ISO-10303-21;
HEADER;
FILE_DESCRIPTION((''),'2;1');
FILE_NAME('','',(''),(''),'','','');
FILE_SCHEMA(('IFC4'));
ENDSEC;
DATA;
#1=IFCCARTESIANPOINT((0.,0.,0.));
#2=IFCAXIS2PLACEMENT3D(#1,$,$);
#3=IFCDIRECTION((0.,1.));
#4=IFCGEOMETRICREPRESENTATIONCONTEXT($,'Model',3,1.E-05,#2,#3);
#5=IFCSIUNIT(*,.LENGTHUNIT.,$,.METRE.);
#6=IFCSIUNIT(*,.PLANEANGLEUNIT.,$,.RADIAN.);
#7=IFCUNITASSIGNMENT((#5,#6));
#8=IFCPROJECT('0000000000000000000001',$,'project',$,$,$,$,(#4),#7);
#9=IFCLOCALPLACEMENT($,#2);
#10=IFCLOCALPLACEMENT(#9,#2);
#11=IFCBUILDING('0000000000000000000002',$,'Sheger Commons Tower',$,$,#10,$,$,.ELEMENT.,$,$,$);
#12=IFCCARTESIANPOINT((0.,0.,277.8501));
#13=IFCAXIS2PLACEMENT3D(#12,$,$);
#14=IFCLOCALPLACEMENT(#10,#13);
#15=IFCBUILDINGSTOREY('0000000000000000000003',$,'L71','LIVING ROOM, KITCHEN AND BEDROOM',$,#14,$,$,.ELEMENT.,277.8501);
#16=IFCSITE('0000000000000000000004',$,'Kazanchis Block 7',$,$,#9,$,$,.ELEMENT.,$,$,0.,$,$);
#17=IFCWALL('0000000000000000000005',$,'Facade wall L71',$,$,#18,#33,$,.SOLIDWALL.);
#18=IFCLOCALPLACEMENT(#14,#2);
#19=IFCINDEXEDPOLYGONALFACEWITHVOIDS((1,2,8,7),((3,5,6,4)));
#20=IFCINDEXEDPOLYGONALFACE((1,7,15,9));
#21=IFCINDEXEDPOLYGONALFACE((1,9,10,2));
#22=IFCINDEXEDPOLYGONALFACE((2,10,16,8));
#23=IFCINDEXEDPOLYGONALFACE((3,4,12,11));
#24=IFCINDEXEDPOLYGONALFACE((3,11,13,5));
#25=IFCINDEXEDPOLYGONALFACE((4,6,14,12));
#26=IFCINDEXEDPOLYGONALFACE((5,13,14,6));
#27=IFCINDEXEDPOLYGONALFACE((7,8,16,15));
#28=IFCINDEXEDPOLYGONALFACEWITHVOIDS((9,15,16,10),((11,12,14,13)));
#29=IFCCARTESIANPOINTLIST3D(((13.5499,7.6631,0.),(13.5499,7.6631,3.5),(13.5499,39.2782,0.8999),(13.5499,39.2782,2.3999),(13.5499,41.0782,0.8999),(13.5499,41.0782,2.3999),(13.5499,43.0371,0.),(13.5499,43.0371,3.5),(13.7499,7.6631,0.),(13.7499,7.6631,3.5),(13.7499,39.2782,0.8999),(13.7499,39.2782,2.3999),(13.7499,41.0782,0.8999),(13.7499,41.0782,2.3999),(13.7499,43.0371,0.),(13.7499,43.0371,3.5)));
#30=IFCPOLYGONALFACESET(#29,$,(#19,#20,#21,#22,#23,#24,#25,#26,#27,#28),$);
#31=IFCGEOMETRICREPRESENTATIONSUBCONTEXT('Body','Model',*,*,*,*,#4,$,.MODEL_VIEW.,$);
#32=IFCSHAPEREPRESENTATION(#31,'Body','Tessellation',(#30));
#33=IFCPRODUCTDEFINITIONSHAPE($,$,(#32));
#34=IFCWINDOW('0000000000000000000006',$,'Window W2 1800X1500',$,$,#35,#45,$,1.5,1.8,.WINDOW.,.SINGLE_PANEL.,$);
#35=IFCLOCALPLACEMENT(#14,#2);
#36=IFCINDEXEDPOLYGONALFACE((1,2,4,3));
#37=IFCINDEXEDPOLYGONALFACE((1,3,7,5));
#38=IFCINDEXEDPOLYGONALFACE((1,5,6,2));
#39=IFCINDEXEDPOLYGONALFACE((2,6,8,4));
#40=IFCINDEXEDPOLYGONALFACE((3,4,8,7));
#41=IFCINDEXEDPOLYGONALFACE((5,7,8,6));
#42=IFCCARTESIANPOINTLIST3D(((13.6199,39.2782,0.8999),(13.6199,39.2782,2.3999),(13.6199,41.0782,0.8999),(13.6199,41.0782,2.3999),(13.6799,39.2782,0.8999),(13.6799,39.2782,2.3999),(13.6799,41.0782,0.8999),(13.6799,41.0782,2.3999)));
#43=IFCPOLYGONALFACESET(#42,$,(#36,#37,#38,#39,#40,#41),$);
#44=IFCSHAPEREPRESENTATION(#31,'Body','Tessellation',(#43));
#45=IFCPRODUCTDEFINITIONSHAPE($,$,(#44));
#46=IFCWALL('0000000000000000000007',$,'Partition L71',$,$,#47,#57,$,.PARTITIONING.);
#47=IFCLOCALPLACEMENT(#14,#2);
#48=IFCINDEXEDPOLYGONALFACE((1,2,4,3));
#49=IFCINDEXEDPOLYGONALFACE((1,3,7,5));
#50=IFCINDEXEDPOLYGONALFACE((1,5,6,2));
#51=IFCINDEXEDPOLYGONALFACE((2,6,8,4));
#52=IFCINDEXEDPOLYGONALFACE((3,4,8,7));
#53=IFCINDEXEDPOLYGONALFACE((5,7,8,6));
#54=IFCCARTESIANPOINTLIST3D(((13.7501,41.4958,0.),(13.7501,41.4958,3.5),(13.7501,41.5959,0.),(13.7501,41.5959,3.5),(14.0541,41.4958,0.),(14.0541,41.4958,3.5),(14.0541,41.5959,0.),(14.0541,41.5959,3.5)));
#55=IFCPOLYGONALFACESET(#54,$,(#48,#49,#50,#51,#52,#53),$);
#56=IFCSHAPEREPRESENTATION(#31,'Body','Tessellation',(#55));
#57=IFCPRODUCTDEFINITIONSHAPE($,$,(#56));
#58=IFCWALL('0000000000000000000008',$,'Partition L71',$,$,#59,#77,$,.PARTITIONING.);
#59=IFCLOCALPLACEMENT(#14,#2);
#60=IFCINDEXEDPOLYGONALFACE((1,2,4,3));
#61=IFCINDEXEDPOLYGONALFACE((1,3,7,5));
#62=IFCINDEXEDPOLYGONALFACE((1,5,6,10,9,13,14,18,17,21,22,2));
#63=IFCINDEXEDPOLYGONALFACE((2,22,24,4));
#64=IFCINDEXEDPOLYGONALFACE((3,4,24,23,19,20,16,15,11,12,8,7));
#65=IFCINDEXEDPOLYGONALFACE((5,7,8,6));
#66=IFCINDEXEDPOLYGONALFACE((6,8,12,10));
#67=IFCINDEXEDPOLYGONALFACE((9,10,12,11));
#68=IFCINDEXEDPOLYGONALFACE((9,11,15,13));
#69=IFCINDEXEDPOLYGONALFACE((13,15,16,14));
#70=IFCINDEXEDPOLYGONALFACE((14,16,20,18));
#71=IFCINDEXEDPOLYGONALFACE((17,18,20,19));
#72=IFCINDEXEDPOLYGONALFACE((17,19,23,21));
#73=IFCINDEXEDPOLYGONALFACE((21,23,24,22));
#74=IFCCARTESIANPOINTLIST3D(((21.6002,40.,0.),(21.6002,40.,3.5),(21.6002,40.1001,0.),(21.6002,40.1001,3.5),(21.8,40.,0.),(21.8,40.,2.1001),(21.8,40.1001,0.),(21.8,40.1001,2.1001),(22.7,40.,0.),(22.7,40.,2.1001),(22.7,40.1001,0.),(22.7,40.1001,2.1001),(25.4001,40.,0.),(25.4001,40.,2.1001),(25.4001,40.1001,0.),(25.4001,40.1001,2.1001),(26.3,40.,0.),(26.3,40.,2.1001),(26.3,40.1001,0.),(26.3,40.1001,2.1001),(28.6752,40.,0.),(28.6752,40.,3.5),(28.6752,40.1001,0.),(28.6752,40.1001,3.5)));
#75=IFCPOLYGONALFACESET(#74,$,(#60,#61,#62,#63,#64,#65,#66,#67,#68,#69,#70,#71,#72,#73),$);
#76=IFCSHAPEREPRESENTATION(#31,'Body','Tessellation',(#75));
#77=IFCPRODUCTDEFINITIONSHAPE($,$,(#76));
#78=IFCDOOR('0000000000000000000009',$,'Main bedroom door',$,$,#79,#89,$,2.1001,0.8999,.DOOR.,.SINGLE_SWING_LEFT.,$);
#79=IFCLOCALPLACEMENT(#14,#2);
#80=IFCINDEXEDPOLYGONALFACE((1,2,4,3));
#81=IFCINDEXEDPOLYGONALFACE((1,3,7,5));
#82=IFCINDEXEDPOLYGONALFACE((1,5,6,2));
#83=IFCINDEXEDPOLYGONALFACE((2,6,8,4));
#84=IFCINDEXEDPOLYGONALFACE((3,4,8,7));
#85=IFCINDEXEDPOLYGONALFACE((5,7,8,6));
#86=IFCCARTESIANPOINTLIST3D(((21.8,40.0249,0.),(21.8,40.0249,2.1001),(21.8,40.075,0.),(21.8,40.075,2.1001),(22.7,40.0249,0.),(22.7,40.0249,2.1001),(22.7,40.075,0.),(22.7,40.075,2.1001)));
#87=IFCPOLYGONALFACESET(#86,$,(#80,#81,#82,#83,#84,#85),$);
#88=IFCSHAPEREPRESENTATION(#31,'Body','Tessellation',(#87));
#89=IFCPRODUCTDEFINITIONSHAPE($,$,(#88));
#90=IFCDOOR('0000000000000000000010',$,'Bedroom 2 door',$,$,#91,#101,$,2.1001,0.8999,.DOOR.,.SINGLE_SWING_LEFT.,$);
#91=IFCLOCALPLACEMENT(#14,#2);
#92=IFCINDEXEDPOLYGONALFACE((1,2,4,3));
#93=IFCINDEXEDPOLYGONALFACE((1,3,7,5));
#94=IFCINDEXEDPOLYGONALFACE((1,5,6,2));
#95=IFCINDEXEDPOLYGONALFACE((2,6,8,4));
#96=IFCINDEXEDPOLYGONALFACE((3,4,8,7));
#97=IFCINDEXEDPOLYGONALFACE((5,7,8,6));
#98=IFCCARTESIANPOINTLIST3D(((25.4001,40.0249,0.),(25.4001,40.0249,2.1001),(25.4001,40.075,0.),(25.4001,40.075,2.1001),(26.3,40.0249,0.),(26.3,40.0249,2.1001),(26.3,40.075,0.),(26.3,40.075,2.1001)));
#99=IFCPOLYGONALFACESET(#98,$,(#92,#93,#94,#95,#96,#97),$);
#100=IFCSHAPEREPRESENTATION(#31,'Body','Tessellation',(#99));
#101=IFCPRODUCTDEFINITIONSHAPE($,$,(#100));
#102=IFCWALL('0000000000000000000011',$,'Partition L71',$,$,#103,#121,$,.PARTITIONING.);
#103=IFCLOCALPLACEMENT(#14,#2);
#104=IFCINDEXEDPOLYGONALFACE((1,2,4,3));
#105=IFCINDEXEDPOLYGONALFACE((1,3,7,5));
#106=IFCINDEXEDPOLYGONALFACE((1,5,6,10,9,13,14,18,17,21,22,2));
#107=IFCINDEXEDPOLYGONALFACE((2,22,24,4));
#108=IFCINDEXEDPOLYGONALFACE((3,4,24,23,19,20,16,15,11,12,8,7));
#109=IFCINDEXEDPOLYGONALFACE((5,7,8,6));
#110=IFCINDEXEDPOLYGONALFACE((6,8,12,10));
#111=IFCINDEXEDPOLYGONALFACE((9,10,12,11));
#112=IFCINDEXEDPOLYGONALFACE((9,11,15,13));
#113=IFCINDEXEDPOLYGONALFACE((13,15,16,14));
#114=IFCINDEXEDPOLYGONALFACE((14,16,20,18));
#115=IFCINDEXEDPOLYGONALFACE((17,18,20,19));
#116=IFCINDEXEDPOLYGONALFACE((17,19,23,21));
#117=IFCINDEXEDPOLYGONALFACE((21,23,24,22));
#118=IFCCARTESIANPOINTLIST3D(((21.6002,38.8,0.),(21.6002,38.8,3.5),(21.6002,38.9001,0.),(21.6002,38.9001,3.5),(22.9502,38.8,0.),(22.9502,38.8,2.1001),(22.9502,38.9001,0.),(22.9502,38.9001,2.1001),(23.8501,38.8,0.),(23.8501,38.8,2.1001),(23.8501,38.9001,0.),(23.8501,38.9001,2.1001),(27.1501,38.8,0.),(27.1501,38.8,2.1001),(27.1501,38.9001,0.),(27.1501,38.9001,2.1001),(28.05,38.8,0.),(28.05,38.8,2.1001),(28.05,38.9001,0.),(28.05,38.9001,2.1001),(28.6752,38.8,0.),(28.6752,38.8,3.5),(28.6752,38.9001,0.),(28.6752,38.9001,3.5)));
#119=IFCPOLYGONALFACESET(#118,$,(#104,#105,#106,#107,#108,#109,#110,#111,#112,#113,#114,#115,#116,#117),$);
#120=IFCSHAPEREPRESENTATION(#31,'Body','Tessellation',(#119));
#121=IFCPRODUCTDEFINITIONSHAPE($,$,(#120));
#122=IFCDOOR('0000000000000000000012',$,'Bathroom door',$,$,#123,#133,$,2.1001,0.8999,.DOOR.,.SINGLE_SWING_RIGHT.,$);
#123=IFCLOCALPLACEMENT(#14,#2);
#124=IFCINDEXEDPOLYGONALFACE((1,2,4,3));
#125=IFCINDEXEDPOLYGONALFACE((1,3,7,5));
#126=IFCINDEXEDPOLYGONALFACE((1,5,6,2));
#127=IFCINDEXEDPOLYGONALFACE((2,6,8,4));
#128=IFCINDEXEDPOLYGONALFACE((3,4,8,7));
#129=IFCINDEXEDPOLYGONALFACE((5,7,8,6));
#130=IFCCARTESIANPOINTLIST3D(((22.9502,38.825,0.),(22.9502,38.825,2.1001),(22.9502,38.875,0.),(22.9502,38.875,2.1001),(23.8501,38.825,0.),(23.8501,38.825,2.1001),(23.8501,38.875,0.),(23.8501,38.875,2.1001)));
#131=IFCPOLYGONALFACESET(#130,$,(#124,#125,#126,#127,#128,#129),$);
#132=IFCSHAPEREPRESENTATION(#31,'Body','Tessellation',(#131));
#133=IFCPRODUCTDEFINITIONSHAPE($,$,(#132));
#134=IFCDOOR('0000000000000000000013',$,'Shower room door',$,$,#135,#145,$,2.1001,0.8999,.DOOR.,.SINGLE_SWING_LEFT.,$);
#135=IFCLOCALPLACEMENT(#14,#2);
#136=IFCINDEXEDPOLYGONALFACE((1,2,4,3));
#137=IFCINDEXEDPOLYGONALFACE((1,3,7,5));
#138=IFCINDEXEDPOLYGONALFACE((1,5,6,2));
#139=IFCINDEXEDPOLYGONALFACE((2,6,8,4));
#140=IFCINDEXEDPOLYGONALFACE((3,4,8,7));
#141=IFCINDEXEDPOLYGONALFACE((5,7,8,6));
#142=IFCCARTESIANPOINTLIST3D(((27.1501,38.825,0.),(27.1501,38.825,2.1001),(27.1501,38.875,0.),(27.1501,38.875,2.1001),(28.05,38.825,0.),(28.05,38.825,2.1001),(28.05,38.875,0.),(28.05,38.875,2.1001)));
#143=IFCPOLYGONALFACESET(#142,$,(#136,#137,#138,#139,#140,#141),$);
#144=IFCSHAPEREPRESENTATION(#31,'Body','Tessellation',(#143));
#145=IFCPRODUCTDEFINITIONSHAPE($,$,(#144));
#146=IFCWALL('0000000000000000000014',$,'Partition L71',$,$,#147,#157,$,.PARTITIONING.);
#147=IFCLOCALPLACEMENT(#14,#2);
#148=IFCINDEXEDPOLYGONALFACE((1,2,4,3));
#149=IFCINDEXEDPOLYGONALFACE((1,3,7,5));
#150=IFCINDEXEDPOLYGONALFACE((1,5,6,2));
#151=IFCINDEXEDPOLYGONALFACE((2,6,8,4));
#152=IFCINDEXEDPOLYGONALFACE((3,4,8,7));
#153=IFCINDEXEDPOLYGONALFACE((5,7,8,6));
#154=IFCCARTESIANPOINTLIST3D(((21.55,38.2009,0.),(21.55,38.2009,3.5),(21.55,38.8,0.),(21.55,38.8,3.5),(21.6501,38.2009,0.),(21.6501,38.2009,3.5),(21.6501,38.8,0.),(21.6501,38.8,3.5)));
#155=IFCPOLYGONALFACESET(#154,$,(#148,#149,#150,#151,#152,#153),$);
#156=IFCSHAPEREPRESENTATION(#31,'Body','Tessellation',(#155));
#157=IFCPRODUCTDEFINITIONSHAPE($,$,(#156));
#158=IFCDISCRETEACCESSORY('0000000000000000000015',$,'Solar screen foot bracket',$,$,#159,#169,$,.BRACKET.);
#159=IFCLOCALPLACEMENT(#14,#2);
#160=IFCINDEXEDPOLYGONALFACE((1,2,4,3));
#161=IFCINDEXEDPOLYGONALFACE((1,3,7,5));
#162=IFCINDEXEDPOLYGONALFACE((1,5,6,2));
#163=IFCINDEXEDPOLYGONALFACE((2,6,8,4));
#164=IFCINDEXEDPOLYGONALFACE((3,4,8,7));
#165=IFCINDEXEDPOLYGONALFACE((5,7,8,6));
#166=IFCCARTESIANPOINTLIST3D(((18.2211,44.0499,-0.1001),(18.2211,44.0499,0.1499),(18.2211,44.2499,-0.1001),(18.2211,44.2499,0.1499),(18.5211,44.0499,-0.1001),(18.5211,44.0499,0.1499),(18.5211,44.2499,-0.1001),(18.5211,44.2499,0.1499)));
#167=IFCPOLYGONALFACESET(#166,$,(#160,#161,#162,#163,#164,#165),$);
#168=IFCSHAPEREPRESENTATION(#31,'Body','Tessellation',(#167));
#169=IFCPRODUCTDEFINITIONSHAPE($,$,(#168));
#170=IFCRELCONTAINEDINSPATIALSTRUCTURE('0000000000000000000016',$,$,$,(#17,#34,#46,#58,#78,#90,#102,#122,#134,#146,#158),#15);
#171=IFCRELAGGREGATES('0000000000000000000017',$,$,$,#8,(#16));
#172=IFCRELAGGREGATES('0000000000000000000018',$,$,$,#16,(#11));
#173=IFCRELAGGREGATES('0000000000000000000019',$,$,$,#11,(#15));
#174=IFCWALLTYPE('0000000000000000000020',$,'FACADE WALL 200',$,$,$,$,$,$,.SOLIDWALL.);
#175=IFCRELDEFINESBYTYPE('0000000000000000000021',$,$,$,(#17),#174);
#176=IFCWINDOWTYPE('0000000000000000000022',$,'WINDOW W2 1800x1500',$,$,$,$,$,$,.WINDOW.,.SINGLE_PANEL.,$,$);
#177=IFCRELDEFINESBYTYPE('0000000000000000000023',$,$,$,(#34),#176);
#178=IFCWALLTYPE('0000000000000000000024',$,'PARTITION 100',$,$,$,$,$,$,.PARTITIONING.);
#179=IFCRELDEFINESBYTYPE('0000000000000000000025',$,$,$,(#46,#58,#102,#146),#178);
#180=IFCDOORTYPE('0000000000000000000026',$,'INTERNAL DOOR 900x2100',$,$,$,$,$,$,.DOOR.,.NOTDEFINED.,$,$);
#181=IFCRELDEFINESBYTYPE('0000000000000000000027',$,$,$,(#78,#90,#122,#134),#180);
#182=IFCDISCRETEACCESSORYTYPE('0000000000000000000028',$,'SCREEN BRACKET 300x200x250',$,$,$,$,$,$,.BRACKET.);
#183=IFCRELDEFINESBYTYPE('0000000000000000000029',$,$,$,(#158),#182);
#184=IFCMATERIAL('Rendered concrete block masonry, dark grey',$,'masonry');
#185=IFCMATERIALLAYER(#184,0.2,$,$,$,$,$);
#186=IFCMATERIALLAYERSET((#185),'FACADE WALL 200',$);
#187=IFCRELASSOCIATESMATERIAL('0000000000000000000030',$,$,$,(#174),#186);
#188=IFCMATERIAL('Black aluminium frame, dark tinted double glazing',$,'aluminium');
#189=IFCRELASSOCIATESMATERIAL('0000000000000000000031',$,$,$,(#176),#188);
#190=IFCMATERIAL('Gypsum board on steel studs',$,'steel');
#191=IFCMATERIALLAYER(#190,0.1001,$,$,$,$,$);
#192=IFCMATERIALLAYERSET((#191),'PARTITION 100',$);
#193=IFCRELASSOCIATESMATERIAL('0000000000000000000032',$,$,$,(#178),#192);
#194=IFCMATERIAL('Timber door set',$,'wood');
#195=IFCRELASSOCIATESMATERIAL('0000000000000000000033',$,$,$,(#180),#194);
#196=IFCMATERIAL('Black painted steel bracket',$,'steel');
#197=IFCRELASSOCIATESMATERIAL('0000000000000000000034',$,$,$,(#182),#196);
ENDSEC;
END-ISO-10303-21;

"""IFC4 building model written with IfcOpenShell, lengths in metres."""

from ifc_helpers import new_model, si_unit, direction, frame, frame_2d, origin, origin_2d, place, context, subcontext, project, spatial, rectangle, extrude, material, layer, layer_set, type_object, element, fill, save


model = new_model("IFC4")

# Units and contexts
model_context = context("Model", 3, precision=1e-05, world=origin(), true_north=direction((0.0, 1.0)))
body_context = subcontext(model_context, "Body", "Model", "MODEL_VIEW")
ifc_project = project(units=[si_unit("LENGTHUNIT", "METRE"), si_unit("PLANEANGLEUNIT", "RADIAN")], contexts=[model_context])

# Site, building, storey
site_placement = place(None, origin())
site = spatial("IfcSite", under=ifc_project, at=site_placement, Name="Kazanchis Block 7", CompositionType="ELEMENT", RefElevation=0.0)
building_placement = place(site_placement, origin())
building = spatial("IfcBuilding", under=site, at=building_placement, Name="Sheger Commons Tower", CompositionType="ELEMENT")
storey_placement = place(building_placement, frame((0.0, 0.0, 277.8501)))
storey = spatial("IfcBuildingStorey", under=building, at=storey_placement, Name="L71", Description="LIVING ROOM, KITCHEN AND BEDROOM", CompositionType="ELEMENT", Elevation=277.8501)

# Shared definitions
ifc_material_1 = material(Name="Rendered concrete block masonry, dark grey", Category="masonry")
ifc_layer_1 = layer(ifc_material_1, 0.2)
ifc_layer_set_1 = layer_set([ifc_layer_1], Name="FACADE WALL 200")
wall_type_1 = type_object("IfcWallType", Name="FACADE WALL 200", PredefinedType="SOLIDWALL", material=ifc_layer_set_1)

# Wall, opening, window
wall_1_placement = place(storey_placement, frame((13.6499, 43.0371, 0.0), z_axis=(0.0, 0.0, 1.0), x_axis=(0.0, -1.0, 0.0)))
wall_1 = element("IfcWall", 1, at=wall_1_placement, inside=storey, type_object=wall_type_1, Name="Facade wall L71", PredefinedType="SOLIDWALL", context=body_context, shape_type="SweptSolid", body=[
    extrude(rectangle(XDim=35.374, YDim=0.2, at=frame_2d((17.687, 0.0))), origin(), (0.0, 0.0, 1.0), 3.5),
])
opening_1_placement = place(wall_1_placement, frame((1.959, 0.0, 0.8999)))
opening_1 = element("IfcOpeningElement", 2, at=opening_1_placement, cuts=wall_1, PredefinedType="OPENING", context=body_context, shape_type="SweptSolid", body=[
    extrude(rectangle(XDim=1.8, YDim=1.5, at=frame_2d((0.8999, 0.75))), frame((0.0, 0.1099, 0.0), z_axis=(0.0, -1.0, 0.0), x_axis=(1.0, 0.0, 0.0)), (0.0, 0.0, 1.0), 0.22),
])
ifc_material_2 = material(Name="Black aluminium frame, dark tinted double glazing", Category="aluminium")
window_type = type_object("IfcWindowType", Name="WINDOW W2 1800x1500", PartitioningType="SINGLE_PANEL", PredefinedType="WINDOW", material=ifc_material_2)
window_placement = place(opening_1_placement, origin())
window = element("IfcWindow", 3, at=window_placement, inside=storey, type_object=window_type, Name="Window W2 1800X1500", OverallHeight=1.5, OverallWidth=1.8, PartitioningType="SINGLE_PANEL", PredefinedType="WINDOW", context=body_context, shape_type="SweptSolid", body=[
    extrude(rectangle(XDim=1.8, YDim=1.5, at=frame_2d((0.8999, 0.75))), frame((0.0, 0.03, 0.0), z_axis=(0.0, -1.0, 0.0), x_axis=(1.0, 0.0, 0.0)), (0.0, 0.0, 1.0), 0.0601),
])
fill(opening_1, window)

# Wall
ifc_material_3 = material(Name="Gypsum board on steel studs", Category="steel")
ifc_layer_2 = layer(ifc_material_3, 0.1001)
ifc_layer_set_2 = layer_set([ifc_layer_2], Name="PARTITION 100")
wall_type_2 = type_object("IfcWallType", Name="PARTITION 100", PredefinedType="PARTITIONING", material=ifc_layer_set_2)
wall_2_placement = place(storey_placement, frame((14.054, 41.5459, 0.0), z_axis=(0.0, 0.0, 1.0), x_axis=(-1.0, 0.0, 0.0)))
element("IfcWall", 4, at=wall_2_placement, inside=storey, type_object=wall_type_2, Name="Partition L71", PredefinedType="PARTITIONING", context=body_context, shape_type="SweptSolid", body=[
    extrude(rectangle(XDim=0.304, YDim=0.1001, at=frame_2d((0.1519, 0.0))), origin(), (0.0, 0.0, 1.0), 3.5),
])

# Walls, openings, doors
wall_3_placement = place(storey_placement, frame((21.6001, 40.05, 0.0), z_axis=(0.0, 0.0, 1.0), x_axis=(1.0, 0.0, 0.0)))
wall_3 = element("IfcWall", 5, at=wall_3_placement, inside=storey, type_object=wall_type_2, Name="Partition L71", PredefinedType="PARTITIONING", context=body_context, shape_type="SweptSolid", body=[
    extrude(rectangle(XDim=7.075, YDim=0.1001, at=frame_2d((3.5376, 0.0))), origin(), (0.0, 0.0, 1.0), 3.5),
])
opening_2_placement = place(wall_3_placement, frame((0.2, 0.0, 0.0)))
opening_2 = element("IfcOpeningElement", 6, at=opening_2_placement, cuts=wall_3, PredefinedType="OPENING", context=body_context, shape_type="SweptSolid", body=[
    extrude(rectangle(XDim=0.8999, YDim=2.1001, at=frame_2d((0.45, 1.05))), frame((0.0, 0.0601, 0.0), z_axis=(0.0, -1.0, 0.0), x_axis=(1.0, 0.0, 0.0)), (0.0, 0.0, 1.0), 0.1201),
])
opening_3_placement = place(wall_3_placement, frame((3.8, 0.0, 0.0)))
opening_3 = element("IfcOpeningElement", 7, at=opening_3_placement, cuts=wall_3, PredefinedType="OPENING", context=body_context, shape_type="SweptSolid", body=[
    extrude(rectangle(XDim=0.8999, YDim=2.1001, at=frame_2d((0.45, 1.05))), frame((0.0, 0.0601, 0.0), z_axis=(0.0, -1.0, 0.0), x_axis=(1.0, 0.0, 0.0)), (0.0, 0.0, 1.0), 0.1201),
])
ifc_material_4 = material(Name="Timber door set", Category="wood")
door_type_1 = type_object("IfcDoorType", Name="INTERNAL DOOR 900x2100", OperationType="NOTDEFINED", PredefinedType="DOOR", material=ifc_material_4)
door_1_placement = place(opening_2_placement, origin())
door_1 = element("IfcDoor", 8, at=door_1_placement, inside=storey, type_object=door_type_1, Name="Main bedroom door", OperationType="SINGLE_SWING_LEFT", OverallHeight=2.1001, OverallWidth=0.8999, PredefinedType="DOOR", context=body_context, shape_type="SweptSolid", body=[
    extrude(rectangle(XDim=0.8999, YDim=2.1001, at=frame_2d((0.45, 1.05))), frame((0.0, 0.0249, 0.0), z_axis=(0.0, -1.0, 0.0), x_axis=(1.0, 0.0, 0.0)), (0.0, 0.0, 1.0), 0.05),
])
fill(opening_2, door_1)
door_2_placement = place(opening_3_placement, origin())
door_2 = element("IfcDoor", 9, at=door_2_placement, inside=storey, type_object=door_type_1, Name="Bedroom 2 door", OperationType="SINGLE_SWING_LEFT", OverallHeight=2.1001, OverallWidth=0.8999, PredefinedType="DOOR", context=body_context, shape_type="SweptSolid", body=[
    extrude(rectangle(XDim=0.8999, YDim=2.1001, at=frame_2d((0.45, 1.05))), frame((0.0, 0.0249, 0.0), z_axis=(0.0, -1.0, 0.0), x_axis=(1.0, 0.0, 0.0)), (0.0, 0.0, 1.0), 0.05),
])
fill(opening_3, door_2)
wall_4_placement = place(storey_placement, frame((21.6001, 38.8501, 0.0), z_axis=(0.0, 0.0, 1.0), x_axis=(1.0, 0.0, 0.0)))
wall_4 = element("IfcWall", 10, at=wall_4_placement, inside=storey, type_object=wall_type_2, Name="Partition L71", PredefinedType="PARTITIONING", context=body_context, shape_type="SweptSolid", body=[
    extrude(rectangle(XDim=7.075, YDim=0.1001, at=frame_2d((3.5376, 0.0))), origin(), (0.0, 0.0, 1.0), 3.5),
])
opening_4_placement = place(wall_4_placement, frame((1.3501, 0.0, 0.0)))
opening_4 = element("IfcOpeningElement", 11, at=opening_4_placement, cuts=wall_4, PredefinedType="OPENING", context=body_context, shape_type="SweptSolid", body=[
    extrude(rectangle(XDim=0.8999, YDim=2.1001, at=frame_2d((0.45, 1.05))), frame((0.0, 0.0601, 0.0), z_axis=(0.0, -1.0, 0.0), x_axis=(1.0, 0.0, 0.0)), (0.0, 0.0, 1.0), 0.1201),
])
opening_5_placement = place(wall_4_placement, frame((5.55, 0.0, 0.0)))
opening_5 = element("IfcOpeningElement", 12, at=opening_5_placement, cuts=wall_4, PredefinedType="OPENING", context=body_context, shape_type="SweptSolid", body=[
    extrude(rectangle(XDim=0.8999, YDim=2.1001, at=frame_2d((0.45, 1.05))), frame((0.0, 0.0601, 0.0), z_axis=(0.0, -1.0, 0.0), x_axis=(1.0, 0.0, 0.0)), (0.0, 0.0, 1.0), 0.1201),
])
door_3_placement = place(opening_4_placement, origin())
door_3 = element("IfcDoor", 13, at=door_3_placement, inside=storey, type_object=door_type_1, Name="Bathroom door", OperationType="SINGLE_SWING_RIGHT", OverallHeight=2.1001, OverallWidth=0.8999, PredefinedType="DOOR", context=body_context, shape_type="SweptSolid", body=[
    extrude(rectangle(XDim=0.8999, YDim=2.1001, at=frame_2d((0.45, 1.05))), frame((0.0, 0.0249, 0.0), z_axis=(0.0, -1.0, 0.0), x_axis=(1.0, 0.0, 0.0)), (0.0, 0.0, 1.0), 0.05),
])
fill(opening_4, door_3)
door_4_placement = place(opening_5_placement, origin())
door_4 = element("IfcDoor", 14, at=door_4_placement, inside=storey, type_object=door_type_1, Name="Shower room door", OperationType="SINGLE_SWING_LEFT", OverallHeight=2.1001, OverallWidth=0.8999, PredefinedType="DOOR", context=body_context, shape_type="SweptSolid", body=[
    extrude(rectangle(XDim=0.8999, YDim=2.1001, at=frame_2d((0.45, 1.05))), frame((0.0, 0.0249, 0.0), z_axis=(0.0, -1.0, 0.0), x_axis=(1.0, 0.0, 0.0)), (0.0, 0.0, 1.0), 0.05),
])
fill(opening_5, door_4)

# Wall
wall_5_placement = place(storey_placement, frame((21.6001, 38.2009, 0.0), z_axis=(0.0, 0.0, 1.0), x_axis=(0.0, 1.0, 0.0)))
element("IfcWall", 15, at=wall_5_placement, inside=storey, type_object=wall_type_2, Name="Partition L71", PredefinedType="PARTITIONING", context=body_context, shape_type="SweptSolid", body=[
    extrude(rectangle(XDim=0.5991, YDim=0.1001, at=frame_2d((0.2996, 0.0))), origin(), (0.0, 0.0, 1.0), 3.5),
])

# Discrete accessory
ifc_material_5 = material(Name="Black painted steel bracket", Category="steel")
discrete_accessory_type = type_object("IfcDiscreteAccessoryType", Name="SCREEN BRACKET 300x200x250", PredefinedType="BRACKET", material=ifc_material_5)
for number, where, z_axis, x_axis, name in (
    (16, (18.3711, 44.1499, -0.1001), (0.0, 0.0, 1.0), (-1.0, 0.0, 0.0), "Solar screen foot bracket"),
):
    element("IfcDiscreteAccessory", number, at=place(storey_placement, frame(where, z_axis=z_axis, x_axis=x_axis)), inside=storey, type_object=discrete_accessory_type, Name=name, PredefinedType="BRACKET", context=body_context, shape_type="SweptSolid", body=[
        extrude(rectangle(XDim=0.3, YDim=0.2, at=origin_2d()), origin(), (0.0, 0.0, 1.0), 0.25),
    ])

save(model, "model.ifc")
